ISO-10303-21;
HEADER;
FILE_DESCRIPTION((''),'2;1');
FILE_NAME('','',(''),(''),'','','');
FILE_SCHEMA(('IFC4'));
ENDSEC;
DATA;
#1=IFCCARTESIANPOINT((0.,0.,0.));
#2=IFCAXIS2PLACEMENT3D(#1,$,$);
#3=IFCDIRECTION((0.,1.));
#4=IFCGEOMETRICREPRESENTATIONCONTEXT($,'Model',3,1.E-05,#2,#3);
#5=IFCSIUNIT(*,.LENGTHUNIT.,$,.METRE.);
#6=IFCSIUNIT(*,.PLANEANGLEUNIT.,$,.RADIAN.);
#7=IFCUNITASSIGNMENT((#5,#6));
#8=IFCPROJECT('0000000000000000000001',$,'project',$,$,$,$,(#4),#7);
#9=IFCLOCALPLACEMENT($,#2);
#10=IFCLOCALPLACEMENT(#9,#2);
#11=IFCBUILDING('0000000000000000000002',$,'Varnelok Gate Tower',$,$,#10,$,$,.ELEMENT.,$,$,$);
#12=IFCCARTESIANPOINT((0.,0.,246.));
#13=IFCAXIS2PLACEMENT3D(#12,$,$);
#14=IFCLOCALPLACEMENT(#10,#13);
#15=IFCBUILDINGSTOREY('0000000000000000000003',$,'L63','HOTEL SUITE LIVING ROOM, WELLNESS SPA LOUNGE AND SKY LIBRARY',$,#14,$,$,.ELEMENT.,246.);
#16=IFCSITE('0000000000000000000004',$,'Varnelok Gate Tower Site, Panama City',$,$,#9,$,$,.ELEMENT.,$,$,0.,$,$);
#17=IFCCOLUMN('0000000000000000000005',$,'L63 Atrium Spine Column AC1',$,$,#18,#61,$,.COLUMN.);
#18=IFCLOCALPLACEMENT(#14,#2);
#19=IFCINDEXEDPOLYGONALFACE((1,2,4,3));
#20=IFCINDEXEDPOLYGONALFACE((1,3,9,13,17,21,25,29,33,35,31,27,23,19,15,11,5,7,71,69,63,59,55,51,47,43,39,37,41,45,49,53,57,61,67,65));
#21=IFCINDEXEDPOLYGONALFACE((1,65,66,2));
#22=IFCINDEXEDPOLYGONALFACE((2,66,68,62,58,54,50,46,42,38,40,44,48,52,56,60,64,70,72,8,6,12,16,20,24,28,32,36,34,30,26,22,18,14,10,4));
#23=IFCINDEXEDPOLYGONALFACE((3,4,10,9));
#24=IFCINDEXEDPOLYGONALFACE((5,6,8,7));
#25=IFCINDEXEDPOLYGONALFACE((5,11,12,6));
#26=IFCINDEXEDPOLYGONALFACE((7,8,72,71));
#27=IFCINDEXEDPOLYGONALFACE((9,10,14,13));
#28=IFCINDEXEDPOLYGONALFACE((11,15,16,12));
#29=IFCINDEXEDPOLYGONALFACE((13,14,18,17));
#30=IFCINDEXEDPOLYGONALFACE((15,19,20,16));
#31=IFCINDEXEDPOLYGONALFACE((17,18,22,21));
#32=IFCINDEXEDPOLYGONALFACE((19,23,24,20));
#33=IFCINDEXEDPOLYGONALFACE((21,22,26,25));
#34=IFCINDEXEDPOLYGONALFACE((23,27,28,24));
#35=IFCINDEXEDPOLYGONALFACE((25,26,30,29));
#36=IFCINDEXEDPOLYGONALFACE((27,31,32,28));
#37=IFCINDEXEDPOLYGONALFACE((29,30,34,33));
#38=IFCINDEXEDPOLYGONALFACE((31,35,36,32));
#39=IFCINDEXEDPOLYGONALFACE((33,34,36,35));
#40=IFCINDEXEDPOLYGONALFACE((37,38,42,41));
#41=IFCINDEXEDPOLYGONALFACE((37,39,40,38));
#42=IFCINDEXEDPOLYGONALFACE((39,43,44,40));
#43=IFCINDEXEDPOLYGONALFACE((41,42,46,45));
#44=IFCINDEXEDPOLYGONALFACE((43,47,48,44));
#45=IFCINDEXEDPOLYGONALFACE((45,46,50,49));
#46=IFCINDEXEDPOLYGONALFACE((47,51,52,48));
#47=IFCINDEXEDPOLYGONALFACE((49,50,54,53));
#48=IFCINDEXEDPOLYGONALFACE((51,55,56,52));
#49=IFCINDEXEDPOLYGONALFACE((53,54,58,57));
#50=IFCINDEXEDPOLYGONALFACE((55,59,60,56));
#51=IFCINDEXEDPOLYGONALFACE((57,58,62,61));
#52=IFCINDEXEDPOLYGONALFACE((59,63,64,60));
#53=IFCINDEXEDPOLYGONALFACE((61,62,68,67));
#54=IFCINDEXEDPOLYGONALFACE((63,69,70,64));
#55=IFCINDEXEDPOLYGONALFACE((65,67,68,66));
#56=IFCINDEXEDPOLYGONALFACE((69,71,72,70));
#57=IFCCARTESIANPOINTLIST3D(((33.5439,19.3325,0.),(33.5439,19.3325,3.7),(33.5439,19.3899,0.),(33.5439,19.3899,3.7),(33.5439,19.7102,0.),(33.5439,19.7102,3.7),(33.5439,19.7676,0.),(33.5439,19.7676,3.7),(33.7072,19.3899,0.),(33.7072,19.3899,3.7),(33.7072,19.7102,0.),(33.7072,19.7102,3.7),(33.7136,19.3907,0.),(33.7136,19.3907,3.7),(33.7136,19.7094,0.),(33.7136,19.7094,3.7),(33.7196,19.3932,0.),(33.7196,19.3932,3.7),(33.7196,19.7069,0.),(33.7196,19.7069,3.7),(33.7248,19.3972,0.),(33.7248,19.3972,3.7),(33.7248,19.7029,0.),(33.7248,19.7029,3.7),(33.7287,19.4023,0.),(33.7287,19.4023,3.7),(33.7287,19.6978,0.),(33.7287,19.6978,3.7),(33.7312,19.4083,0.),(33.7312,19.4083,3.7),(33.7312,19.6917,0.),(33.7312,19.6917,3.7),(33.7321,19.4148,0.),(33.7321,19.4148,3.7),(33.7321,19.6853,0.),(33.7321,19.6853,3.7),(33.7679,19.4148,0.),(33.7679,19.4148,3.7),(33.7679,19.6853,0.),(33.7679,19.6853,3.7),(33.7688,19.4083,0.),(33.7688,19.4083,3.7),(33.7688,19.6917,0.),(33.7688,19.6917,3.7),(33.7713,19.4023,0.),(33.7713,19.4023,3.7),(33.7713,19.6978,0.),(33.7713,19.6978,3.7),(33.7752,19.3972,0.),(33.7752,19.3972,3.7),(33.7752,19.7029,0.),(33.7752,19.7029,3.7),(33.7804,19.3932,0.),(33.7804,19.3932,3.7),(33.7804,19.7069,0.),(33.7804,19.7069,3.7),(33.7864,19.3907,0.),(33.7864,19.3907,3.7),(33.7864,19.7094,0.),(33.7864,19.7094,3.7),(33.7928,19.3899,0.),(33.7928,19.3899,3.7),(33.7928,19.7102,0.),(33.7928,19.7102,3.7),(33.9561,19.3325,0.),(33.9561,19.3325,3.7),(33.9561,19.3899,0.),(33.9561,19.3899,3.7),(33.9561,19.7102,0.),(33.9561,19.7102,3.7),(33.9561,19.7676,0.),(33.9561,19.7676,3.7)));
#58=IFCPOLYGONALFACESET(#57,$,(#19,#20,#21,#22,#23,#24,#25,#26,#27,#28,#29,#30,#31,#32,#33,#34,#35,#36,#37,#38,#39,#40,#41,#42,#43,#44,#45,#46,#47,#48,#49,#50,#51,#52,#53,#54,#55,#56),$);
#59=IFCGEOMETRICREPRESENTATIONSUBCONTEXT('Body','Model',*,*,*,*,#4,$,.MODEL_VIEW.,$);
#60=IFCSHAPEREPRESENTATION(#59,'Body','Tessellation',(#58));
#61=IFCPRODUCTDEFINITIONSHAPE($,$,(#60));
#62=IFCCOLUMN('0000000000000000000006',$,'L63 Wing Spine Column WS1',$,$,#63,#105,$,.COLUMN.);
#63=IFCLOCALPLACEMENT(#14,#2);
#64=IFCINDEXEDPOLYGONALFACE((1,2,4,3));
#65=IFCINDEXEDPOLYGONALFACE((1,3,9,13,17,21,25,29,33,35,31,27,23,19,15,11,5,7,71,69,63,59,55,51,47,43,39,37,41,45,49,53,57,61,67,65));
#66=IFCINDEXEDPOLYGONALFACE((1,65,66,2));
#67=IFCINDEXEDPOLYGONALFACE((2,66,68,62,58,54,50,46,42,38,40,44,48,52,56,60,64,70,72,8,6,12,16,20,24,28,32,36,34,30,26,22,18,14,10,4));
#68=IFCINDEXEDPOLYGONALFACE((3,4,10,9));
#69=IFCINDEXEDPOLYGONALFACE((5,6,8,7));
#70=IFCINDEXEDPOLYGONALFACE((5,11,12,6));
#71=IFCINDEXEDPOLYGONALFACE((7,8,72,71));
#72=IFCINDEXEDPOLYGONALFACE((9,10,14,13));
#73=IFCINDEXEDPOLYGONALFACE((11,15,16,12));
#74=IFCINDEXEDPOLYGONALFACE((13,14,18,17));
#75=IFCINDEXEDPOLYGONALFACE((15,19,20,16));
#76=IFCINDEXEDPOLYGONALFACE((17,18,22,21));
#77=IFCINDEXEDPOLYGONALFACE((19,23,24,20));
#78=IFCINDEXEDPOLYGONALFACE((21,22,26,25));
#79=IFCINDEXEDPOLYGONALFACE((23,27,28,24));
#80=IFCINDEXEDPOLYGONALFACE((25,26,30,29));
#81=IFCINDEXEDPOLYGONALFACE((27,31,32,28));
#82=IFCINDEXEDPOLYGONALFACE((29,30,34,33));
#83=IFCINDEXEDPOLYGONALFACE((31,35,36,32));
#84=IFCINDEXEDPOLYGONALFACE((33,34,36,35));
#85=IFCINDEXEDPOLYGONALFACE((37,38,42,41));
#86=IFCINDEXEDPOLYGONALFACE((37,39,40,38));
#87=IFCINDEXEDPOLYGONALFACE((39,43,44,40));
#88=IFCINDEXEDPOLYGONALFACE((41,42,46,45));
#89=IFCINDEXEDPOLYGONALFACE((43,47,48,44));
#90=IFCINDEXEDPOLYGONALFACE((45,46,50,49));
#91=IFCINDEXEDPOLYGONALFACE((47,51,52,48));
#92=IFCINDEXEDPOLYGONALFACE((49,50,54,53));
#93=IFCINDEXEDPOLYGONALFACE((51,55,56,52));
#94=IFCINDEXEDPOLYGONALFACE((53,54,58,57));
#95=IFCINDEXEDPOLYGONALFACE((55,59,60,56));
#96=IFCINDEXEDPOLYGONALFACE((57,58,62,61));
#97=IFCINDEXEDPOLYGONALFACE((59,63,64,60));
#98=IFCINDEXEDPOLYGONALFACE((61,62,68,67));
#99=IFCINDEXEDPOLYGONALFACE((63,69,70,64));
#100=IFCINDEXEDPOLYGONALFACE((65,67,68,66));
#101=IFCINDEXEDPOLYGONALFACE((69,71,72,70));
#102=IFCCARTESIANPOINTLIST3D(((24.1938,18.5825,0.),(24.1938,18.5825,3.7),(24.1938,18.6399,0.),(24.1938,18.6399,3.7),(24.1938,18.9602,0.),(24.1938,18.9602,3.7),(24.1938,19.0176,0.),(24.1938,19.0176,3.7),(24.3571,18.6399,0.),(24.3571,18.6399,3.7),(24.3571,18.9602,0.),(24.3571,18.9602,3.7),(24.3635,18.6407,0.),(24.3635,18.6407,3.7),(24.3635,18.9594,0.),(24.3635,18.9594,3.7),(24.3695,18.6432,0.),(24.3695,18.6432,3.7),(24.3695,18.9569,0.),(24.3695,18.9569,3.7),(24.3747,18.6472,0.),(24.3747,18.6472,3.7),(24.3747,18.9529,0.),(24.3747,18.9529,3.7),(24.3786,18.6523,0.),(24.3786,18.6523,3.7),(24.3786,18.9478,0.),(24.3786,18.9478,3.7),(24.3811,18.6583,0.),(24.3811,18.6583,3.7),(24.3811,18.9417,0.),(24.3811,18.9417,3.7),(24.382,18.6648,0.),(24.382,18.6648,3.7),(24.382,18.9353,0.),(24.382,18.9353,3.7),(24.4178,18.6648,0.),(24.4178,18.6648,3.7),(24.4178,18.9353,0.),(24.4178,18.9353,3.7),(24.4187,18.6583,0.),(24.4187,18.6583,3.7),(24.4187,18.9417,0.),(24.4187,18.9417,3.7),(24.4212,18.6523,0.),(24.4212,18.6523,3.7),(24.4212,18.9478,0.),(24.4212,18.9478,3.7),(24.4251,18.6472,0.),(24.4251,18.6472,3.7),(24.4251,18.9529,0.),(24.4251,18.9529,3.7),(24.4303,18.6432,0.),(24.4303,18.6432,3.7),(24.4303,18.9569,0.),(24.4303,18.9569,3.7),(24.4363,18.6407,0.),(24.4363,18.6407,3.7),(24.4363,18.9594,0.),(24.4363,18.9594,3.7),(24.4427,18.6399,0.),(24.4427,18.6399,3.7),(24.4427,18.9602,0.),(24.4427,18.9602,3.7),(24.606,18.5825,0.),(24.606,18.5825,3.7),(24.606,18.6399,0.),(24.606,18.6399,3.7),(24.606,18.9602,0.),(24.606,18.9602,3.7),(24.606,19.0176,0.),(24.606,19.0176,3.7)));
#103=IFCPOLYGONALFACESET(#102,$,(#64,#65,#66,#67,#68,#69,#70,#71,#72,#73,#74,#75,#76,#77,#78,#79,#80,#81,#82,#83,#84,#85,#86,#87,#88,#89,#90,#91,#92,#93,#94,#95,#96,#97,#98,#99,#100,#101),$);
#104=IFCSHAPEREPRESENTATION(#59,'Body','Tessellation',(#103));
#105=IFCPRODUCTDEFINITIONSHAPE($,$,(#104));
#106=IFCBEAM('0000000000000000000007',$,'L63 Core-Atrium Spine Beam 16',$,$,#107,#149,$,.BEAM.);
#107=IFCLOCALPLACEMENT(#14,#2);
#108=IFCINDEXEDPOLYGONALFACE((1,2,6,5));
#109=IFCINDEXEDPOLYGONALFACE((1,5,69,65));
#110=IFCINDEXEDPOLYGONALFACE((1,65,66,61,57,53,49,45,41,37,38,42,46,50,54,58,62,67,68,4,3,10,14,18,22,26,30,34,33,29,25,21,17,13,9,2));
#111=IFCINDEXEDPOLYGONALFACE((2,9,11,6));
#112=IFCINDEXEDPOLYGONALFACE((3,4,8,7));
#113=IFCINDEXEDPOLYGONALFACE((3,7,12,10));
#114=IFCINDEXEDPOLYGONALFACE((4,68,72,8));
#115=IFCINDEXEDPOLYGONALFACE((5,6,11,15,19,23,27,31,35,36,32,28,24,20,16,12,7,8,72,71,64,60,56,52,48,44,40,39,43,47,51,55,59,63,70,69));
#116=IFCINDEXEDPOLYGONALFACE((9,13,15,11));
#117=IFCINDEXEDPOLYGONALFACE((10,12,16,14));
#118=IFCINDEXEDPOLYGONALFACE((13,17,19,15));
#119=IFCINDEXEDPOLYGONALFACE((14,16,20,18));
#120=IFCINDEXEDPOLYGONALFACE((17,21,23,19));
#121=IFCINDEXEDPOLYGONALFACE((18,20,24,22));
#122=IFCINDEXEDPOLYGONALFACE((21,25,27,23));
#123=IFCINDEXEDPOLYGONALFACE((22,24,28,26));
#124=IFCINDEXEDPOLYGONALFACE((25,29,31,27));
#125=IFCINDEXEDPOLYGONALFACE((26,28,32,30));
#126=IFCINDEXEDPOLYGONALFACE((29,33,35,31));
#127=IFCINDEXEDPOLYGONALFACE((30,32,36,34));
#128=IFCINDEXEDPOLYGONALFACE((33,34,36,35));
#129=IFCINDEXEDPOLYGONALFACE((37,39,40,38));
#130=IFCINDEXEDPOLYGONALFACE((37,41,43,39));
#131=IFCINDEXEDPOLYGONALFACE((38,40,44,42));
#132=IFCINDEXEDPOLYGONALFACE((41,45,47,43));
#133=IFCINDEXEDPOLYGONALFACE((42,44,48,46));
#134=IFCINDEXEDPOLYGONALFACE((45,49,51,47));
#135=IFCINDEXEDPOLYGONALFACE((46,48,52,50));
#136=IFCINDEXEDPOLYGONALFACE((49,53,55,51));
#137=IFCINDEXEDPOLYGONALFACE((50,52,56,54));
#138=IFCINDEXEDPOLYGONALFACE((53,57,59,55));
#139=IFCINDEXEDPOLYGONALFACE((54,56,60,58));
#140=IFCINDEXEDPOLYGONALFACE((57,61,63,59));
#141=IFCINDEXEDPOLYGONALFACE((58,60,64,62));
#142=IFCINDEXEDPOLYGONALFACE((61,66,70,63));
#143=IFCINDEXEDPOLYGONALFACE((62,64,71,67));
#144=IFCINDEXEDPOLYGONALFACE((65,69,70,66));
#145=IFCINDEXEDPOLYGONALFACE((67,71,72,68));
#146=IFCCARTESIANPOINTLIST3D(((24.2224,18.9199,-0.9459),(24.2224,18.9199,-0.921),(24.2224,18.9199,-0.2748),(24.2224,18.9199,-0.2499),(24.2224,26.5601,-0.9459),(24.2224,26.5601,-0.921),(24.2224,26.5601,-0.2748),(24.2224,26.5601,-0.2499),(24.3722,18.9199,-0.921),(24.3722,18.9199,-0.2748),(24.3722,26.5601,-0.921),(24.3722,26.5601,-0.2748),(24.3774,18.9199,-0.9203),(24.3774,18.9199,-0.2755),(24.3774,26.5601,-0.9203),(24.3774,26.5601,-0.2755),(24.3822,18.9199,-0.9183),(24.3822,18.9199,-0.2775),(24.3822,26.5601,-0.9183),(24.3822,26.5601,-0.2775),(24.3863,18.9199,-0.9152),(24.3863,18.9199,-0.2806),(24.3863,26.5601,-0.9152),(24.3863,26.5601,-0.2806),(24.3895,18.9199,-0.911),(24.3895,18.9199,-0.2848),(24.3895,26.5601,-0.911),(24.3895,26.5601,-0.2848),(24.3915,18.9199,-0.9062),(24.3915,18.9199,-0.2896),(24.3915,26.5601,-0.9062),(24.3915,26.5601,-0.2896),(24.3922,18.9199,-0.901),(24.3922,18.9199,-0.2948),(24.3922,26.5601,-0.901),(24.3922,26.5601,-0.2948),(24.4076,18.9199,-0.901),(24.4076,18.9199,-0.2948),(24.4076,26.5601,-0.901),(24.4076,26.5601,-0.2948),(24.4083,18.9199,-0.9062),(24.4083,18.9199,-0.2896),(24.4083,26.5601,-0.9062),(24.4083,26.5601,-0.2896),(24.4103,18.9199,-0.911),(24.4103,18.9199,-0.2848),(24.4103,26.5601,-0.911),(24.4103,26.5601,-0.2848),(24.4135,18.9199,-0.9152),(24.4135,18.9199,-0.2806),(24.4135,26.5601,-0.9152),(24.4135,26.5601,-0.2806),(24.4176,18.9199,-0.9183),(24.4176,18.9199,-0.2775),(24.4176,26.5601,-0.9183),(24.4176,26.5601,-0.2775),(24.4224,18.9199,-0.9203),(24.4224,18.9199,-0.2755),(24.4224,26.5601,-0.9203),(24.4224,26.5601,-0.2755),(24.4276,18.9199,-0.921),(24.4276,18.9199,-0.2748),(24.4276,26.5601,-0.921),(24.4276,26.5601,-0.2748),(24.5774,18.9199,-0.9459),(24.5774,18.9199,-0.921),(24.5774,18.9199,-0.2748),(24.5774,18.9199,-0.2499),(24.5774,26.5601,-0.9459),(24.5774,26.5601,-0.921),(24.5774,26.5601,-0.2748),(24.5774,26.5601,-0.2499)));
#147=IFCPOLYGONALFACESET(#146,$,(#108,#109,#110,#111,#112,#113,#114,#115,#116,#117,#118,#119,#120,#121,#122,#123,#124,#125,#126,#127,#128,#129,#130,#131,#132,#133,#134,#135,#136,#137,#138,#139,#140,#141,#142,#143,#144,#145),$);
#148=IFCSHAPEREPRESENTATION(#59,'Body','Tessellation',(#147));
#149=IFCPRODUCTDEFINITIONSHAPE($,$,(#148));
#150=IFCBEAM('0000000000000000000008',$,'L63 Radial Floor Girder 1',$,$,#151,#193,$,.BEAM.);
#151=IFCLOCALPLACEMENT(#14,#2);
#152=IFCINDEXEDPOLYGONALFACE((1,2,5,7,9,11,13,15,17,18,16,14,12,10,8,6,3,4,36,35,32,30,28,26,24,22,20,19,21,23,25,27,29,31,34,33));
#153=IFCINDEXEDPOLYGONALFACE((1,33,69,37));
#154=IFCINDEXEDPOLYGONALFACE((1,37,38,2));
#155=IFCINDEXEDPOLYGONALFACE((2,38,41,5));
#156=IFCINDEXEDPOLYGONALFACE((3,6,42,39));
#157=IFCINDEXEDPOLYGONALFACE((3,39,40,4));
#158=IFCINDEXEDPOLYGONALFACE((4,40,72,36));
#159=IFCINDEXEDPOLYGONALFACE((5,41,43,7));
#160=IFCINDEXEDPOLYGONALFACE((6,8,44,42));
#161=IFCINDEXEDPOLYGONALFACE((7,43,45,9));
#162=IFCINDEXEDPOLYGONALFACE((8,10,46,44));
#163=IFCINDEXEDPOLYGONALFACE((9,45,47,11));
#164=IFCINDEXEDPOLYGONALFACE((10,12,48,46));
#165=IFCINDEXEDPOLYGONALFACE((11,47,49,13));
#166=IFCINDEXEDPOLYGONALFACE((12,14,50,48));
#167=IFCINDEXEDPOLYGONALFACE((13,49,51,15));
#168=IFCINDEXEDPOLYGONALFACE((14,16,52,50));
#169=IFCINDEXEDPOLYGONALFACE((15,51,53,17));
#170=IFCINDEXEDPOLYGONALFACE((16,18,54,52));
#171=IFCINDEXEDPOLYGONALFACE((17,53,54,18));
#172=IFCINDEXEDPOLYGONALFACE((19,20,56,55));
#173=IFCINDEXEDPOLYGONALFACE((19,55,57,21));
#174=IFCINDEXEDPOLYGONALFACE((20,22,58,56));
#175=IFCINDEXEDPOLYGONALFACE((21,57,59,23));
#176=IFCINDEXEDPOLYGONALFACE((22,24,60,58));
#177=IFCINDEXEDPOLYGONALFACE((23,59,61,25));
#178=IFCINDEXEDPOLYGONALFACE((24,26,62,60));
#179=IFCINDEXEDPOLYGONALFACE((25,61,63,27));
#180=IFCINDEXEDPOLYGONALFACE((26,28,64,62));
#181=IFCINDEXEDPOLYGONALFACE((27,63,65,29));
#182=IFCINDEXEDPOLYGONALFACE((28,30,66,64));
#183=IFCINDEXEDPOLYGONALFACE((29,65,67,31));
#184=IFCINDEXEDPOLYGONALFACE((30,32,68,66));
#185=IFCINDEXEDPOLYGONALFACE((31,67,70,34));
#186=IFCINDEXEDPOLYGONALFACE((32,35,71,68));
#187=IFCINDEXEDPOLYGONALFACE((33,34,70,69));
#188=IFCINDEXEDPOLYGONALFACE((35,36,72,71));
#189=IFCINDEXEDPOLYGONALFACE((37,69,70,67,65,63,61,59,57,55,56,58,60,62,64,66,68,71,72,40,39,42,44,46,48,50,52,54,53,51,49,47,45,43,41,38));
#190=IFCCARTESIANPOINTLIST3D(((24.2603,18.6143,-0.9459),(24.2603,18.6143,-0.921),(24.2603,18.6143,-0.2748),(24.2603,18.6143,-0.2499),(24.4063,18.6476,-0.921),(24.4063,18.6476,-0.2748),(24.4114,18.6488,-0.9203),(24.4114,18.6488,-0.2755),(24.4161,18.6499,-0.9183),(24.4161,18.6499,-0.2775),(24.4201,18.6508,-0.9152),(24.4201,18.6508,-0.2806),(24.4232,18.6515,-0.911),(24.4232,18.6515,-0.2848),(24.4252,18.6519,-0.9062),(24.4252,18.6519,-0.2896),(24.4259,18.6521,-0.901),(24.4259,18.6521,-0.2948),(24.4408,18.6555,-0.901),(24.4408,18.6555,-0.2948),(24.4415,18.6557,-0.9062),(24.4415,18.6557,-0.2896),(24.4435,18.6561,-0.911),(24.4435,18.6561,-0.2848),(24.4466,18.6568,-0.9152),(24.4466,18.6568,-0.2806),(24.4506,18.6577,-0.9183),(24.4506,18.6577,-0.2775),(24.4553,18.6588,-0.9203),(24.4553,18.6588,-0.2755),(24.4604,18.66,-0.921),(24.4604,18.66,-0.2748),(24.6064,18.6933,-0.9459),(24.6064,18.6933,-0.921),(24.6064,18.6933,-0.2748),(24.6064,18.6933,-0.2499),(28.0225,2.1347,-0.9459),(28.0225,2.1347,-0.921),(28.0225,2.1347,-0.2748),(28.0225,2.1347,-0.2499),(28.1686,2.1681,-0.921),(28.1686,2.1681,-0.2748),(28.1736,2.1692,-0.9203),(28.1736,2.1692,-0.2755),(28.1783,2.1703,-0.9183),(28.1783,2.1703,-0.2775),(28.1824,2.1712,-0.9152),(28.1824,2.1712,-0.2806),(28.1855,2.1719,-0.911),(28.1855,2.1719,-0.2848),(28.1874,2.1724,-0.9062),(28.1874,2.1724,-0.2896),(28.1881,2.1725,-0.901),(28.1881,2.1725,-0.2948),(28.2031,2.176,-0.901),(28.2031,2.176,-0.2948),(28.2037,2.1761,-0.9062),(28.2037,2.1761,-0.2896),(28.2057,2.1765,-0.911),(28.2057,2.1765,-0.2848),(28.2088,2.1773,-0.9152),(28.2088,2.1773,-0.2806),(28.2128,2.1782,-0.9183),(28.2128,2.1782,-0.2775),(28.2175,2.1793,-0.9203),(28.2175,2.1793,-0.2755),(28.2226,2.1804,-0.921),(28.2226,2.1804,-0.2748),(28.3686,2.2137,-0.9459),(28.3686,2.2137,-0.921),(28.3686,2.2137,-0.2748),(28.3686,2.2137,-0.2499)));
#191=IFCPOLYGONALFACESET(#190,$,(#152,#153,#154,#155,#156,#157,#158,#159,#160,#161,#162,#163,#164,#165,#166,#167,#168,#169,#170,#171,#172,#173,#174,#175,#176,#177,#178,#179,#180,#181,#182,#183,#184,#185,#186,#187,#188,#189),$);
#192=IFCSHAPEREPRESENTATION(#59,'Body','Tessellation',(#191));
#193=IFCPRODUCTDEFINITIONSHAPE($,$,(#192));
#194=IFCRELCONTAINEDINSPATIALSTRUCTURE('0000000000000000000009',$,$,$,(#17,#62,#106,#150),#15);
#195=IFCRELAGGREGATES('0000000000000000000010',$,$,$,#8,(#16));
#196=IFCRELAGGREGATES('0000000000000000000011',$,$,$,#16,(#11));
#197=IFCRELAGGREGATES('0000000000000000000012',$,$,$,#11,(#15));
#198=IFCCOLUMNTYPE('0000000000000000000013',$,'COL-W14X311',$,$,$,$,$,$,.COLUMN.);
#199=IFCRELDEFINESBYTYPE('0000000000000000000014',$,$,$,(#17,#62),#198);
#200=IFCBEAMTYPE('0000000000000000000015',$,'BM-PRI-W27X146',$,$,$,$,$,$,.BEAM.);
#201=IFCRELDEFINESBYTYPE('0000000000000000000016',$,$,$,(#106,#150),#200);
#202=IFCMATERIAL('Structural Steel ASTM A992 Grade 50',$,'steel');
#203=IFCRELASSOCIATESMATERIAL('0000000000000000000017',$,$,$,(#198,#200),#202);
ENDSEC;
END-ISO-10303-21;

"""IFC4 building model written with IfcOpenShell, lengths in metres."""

from ifc_helpers import new_model, si_unit, direction, frame, origin, origin_2d, place, context, subcontext, project, spatial, i_section, extrude, material, material_profile, profile_set, type_object, element, save


model = new_model("IFC4")

# Units and contexts
model_context = context("Model", 3, precision=1e-05, world=origin(), true_north=direction((0.0, 1.0)))
body_context = subcontext(model_context, "Body", "Model", "MODEL_VIEW")
ifc_project = project(units=[si_unit("LENGTHUNIT", "METRE"), si_unit("PLANEANGLEUNIT", "RADIAN")], contexts=[model_context])

# Site, building, storey
site_placement = place(None, origin())
site = spatial("IfcSite", under=ifc_project, at=site_placement, Name="Varnelok Gate Tower Site, Panama City", CompositionType="ELEMENT", RefElevation=0.0)
building_placement = place(site_placement, origin())
building = spatial("IfcBuilding", under=site, at=building_placement, Name="Varnelok Gate Tower", CompositionType="ELEMENT")
storey_placement = place(building_placement, frame((0.0, 0.0, 246.0)))
storey = spatial("IfcBuildingStorey", under=building, at=storey_placement, Name="L63", Description="HOTEL SUITE LIVING ROOM, WELLNESS SPA LOUNGE AND SKY LIBRARY", CompositionType="ELEMENT", Elevation=246.0)

# Columns
ifc_material_1 = material(Name="Structural Steel ASTM A992 Grade 50", Category="steel")
ifc_material_profile_1 = material_profile(ifc_material_1, i_section(OverallWidth=0.4121, OverallDepth=0.4351, WebThickness=0.0359, FlangeThickness=0.0574, FilletRadius=0.0249, at=origin_2d()), Name="W14X311")
ifc_profile_set_1 = profile_set([ifc_material_profile_1], Name="Structural Steel ASTM A992 Grade 50")
column_type = type_object("IfcColumnType", Name="COL-W14X311", PredefinedType="COLUMN", material=ifc_profile_set_1)
for number, where, z_axis, x_axis, name in (
    (1, (33.75, 19.55, 0.0), (0.0, 0.0, 1.0), (1.0, 0.0, 0.0), "L63 Atrium Spine Column AC1"),
    (2, (24.3999, 18.8, 0.0), (0.0, 0.0, 1.0), (1.0, 0.0, 0.0), "L63 Wing Spine Column WS1"),
):
    element("IfcColumn", number, at=place(storey_placement, frame(where, z_axis=z_axis, x_axis=x_axis)), inside=storey, type_object=column_type, Name=name, PredefinedType="COLUMN", context=body_context, shape_type="SweptSolid", body=[
        extrude(i_section(OverallWidth=0.4121, OverallDepth=0.4351, WebThickness=0.0359, FlangeThickness=0.0574, FilletRadius=0.0249, at=origin_2d()), origin(), (0.0, 0.0, 1.0), 3.7),
    ])

# Beams
ifc_material_profile_2 = material_profile(ifc_material_1, i_section(OverallWidth=0.355, OverallDepth=0.696, WebThickness=0.0154, FlangeThickness=0.0249, FilletRadius=0.02, at=origin_2d()), Name="W27X146")
ifc_profile_set_2 = profile_set([ifc_material_profile_2], Name="Structural Steel ASTM A992 Grade 50")
beam_type_1 = type_object("IfcBeamType", Name="BM-PRI-W27X146", PredefinedType="BEAM", material=ifc_profile_set_2)
beam_1_placement = place(storey_placement, frame((24.3999, 18.9199, -0.5979), z_axis=(0.0, 1.0, 0.0), x_axis=(-1.0, 0.0, 0.0)))
element("IfcBeam", 3, at=beam_1_placement, inside=storey, type_object=beam_type_1, Name="L63 Core-Atrium Spine Beam 16", PredefinedType="BEAM", context=body_context, shape_type="SweptSolid", body=[
    extrude(i_section(OverallWidth=0.355, OverallDepth=0.696, WebThickness=0.0154, FlangeThickness=0.0249, FilletRadius=0.02, at=origin_2d()), origin(), (0.0, 0.0, 1.0), 7.6401),
])
beam_2_placement = place(storey_placement, frame((24.4333, 18.6538, -0.5979), z_axis=(0.22257, -0.974917, 0.0), x_axis=(0.974917, 0.22257, 0.0)))
element("IfcBeam", 4, at=beam_2_placement, inside=storey, type_object=beam_type_1, Name="L63 Radial Floor Girder 1", PredefinedType="BEAM", context=body_context, shape_type="SweptSolid", body=[
    extrude(i_section(OverallWidth=0.355, OverallDepth=0.696, WebThickness=0.0154, FlangeThickness=0.0249, FilletRadius=0.02, at=origin_2d()), origin(), (0.0, 0.0, 1.0), 16.9036),
])

save(model, "model.ifc")
